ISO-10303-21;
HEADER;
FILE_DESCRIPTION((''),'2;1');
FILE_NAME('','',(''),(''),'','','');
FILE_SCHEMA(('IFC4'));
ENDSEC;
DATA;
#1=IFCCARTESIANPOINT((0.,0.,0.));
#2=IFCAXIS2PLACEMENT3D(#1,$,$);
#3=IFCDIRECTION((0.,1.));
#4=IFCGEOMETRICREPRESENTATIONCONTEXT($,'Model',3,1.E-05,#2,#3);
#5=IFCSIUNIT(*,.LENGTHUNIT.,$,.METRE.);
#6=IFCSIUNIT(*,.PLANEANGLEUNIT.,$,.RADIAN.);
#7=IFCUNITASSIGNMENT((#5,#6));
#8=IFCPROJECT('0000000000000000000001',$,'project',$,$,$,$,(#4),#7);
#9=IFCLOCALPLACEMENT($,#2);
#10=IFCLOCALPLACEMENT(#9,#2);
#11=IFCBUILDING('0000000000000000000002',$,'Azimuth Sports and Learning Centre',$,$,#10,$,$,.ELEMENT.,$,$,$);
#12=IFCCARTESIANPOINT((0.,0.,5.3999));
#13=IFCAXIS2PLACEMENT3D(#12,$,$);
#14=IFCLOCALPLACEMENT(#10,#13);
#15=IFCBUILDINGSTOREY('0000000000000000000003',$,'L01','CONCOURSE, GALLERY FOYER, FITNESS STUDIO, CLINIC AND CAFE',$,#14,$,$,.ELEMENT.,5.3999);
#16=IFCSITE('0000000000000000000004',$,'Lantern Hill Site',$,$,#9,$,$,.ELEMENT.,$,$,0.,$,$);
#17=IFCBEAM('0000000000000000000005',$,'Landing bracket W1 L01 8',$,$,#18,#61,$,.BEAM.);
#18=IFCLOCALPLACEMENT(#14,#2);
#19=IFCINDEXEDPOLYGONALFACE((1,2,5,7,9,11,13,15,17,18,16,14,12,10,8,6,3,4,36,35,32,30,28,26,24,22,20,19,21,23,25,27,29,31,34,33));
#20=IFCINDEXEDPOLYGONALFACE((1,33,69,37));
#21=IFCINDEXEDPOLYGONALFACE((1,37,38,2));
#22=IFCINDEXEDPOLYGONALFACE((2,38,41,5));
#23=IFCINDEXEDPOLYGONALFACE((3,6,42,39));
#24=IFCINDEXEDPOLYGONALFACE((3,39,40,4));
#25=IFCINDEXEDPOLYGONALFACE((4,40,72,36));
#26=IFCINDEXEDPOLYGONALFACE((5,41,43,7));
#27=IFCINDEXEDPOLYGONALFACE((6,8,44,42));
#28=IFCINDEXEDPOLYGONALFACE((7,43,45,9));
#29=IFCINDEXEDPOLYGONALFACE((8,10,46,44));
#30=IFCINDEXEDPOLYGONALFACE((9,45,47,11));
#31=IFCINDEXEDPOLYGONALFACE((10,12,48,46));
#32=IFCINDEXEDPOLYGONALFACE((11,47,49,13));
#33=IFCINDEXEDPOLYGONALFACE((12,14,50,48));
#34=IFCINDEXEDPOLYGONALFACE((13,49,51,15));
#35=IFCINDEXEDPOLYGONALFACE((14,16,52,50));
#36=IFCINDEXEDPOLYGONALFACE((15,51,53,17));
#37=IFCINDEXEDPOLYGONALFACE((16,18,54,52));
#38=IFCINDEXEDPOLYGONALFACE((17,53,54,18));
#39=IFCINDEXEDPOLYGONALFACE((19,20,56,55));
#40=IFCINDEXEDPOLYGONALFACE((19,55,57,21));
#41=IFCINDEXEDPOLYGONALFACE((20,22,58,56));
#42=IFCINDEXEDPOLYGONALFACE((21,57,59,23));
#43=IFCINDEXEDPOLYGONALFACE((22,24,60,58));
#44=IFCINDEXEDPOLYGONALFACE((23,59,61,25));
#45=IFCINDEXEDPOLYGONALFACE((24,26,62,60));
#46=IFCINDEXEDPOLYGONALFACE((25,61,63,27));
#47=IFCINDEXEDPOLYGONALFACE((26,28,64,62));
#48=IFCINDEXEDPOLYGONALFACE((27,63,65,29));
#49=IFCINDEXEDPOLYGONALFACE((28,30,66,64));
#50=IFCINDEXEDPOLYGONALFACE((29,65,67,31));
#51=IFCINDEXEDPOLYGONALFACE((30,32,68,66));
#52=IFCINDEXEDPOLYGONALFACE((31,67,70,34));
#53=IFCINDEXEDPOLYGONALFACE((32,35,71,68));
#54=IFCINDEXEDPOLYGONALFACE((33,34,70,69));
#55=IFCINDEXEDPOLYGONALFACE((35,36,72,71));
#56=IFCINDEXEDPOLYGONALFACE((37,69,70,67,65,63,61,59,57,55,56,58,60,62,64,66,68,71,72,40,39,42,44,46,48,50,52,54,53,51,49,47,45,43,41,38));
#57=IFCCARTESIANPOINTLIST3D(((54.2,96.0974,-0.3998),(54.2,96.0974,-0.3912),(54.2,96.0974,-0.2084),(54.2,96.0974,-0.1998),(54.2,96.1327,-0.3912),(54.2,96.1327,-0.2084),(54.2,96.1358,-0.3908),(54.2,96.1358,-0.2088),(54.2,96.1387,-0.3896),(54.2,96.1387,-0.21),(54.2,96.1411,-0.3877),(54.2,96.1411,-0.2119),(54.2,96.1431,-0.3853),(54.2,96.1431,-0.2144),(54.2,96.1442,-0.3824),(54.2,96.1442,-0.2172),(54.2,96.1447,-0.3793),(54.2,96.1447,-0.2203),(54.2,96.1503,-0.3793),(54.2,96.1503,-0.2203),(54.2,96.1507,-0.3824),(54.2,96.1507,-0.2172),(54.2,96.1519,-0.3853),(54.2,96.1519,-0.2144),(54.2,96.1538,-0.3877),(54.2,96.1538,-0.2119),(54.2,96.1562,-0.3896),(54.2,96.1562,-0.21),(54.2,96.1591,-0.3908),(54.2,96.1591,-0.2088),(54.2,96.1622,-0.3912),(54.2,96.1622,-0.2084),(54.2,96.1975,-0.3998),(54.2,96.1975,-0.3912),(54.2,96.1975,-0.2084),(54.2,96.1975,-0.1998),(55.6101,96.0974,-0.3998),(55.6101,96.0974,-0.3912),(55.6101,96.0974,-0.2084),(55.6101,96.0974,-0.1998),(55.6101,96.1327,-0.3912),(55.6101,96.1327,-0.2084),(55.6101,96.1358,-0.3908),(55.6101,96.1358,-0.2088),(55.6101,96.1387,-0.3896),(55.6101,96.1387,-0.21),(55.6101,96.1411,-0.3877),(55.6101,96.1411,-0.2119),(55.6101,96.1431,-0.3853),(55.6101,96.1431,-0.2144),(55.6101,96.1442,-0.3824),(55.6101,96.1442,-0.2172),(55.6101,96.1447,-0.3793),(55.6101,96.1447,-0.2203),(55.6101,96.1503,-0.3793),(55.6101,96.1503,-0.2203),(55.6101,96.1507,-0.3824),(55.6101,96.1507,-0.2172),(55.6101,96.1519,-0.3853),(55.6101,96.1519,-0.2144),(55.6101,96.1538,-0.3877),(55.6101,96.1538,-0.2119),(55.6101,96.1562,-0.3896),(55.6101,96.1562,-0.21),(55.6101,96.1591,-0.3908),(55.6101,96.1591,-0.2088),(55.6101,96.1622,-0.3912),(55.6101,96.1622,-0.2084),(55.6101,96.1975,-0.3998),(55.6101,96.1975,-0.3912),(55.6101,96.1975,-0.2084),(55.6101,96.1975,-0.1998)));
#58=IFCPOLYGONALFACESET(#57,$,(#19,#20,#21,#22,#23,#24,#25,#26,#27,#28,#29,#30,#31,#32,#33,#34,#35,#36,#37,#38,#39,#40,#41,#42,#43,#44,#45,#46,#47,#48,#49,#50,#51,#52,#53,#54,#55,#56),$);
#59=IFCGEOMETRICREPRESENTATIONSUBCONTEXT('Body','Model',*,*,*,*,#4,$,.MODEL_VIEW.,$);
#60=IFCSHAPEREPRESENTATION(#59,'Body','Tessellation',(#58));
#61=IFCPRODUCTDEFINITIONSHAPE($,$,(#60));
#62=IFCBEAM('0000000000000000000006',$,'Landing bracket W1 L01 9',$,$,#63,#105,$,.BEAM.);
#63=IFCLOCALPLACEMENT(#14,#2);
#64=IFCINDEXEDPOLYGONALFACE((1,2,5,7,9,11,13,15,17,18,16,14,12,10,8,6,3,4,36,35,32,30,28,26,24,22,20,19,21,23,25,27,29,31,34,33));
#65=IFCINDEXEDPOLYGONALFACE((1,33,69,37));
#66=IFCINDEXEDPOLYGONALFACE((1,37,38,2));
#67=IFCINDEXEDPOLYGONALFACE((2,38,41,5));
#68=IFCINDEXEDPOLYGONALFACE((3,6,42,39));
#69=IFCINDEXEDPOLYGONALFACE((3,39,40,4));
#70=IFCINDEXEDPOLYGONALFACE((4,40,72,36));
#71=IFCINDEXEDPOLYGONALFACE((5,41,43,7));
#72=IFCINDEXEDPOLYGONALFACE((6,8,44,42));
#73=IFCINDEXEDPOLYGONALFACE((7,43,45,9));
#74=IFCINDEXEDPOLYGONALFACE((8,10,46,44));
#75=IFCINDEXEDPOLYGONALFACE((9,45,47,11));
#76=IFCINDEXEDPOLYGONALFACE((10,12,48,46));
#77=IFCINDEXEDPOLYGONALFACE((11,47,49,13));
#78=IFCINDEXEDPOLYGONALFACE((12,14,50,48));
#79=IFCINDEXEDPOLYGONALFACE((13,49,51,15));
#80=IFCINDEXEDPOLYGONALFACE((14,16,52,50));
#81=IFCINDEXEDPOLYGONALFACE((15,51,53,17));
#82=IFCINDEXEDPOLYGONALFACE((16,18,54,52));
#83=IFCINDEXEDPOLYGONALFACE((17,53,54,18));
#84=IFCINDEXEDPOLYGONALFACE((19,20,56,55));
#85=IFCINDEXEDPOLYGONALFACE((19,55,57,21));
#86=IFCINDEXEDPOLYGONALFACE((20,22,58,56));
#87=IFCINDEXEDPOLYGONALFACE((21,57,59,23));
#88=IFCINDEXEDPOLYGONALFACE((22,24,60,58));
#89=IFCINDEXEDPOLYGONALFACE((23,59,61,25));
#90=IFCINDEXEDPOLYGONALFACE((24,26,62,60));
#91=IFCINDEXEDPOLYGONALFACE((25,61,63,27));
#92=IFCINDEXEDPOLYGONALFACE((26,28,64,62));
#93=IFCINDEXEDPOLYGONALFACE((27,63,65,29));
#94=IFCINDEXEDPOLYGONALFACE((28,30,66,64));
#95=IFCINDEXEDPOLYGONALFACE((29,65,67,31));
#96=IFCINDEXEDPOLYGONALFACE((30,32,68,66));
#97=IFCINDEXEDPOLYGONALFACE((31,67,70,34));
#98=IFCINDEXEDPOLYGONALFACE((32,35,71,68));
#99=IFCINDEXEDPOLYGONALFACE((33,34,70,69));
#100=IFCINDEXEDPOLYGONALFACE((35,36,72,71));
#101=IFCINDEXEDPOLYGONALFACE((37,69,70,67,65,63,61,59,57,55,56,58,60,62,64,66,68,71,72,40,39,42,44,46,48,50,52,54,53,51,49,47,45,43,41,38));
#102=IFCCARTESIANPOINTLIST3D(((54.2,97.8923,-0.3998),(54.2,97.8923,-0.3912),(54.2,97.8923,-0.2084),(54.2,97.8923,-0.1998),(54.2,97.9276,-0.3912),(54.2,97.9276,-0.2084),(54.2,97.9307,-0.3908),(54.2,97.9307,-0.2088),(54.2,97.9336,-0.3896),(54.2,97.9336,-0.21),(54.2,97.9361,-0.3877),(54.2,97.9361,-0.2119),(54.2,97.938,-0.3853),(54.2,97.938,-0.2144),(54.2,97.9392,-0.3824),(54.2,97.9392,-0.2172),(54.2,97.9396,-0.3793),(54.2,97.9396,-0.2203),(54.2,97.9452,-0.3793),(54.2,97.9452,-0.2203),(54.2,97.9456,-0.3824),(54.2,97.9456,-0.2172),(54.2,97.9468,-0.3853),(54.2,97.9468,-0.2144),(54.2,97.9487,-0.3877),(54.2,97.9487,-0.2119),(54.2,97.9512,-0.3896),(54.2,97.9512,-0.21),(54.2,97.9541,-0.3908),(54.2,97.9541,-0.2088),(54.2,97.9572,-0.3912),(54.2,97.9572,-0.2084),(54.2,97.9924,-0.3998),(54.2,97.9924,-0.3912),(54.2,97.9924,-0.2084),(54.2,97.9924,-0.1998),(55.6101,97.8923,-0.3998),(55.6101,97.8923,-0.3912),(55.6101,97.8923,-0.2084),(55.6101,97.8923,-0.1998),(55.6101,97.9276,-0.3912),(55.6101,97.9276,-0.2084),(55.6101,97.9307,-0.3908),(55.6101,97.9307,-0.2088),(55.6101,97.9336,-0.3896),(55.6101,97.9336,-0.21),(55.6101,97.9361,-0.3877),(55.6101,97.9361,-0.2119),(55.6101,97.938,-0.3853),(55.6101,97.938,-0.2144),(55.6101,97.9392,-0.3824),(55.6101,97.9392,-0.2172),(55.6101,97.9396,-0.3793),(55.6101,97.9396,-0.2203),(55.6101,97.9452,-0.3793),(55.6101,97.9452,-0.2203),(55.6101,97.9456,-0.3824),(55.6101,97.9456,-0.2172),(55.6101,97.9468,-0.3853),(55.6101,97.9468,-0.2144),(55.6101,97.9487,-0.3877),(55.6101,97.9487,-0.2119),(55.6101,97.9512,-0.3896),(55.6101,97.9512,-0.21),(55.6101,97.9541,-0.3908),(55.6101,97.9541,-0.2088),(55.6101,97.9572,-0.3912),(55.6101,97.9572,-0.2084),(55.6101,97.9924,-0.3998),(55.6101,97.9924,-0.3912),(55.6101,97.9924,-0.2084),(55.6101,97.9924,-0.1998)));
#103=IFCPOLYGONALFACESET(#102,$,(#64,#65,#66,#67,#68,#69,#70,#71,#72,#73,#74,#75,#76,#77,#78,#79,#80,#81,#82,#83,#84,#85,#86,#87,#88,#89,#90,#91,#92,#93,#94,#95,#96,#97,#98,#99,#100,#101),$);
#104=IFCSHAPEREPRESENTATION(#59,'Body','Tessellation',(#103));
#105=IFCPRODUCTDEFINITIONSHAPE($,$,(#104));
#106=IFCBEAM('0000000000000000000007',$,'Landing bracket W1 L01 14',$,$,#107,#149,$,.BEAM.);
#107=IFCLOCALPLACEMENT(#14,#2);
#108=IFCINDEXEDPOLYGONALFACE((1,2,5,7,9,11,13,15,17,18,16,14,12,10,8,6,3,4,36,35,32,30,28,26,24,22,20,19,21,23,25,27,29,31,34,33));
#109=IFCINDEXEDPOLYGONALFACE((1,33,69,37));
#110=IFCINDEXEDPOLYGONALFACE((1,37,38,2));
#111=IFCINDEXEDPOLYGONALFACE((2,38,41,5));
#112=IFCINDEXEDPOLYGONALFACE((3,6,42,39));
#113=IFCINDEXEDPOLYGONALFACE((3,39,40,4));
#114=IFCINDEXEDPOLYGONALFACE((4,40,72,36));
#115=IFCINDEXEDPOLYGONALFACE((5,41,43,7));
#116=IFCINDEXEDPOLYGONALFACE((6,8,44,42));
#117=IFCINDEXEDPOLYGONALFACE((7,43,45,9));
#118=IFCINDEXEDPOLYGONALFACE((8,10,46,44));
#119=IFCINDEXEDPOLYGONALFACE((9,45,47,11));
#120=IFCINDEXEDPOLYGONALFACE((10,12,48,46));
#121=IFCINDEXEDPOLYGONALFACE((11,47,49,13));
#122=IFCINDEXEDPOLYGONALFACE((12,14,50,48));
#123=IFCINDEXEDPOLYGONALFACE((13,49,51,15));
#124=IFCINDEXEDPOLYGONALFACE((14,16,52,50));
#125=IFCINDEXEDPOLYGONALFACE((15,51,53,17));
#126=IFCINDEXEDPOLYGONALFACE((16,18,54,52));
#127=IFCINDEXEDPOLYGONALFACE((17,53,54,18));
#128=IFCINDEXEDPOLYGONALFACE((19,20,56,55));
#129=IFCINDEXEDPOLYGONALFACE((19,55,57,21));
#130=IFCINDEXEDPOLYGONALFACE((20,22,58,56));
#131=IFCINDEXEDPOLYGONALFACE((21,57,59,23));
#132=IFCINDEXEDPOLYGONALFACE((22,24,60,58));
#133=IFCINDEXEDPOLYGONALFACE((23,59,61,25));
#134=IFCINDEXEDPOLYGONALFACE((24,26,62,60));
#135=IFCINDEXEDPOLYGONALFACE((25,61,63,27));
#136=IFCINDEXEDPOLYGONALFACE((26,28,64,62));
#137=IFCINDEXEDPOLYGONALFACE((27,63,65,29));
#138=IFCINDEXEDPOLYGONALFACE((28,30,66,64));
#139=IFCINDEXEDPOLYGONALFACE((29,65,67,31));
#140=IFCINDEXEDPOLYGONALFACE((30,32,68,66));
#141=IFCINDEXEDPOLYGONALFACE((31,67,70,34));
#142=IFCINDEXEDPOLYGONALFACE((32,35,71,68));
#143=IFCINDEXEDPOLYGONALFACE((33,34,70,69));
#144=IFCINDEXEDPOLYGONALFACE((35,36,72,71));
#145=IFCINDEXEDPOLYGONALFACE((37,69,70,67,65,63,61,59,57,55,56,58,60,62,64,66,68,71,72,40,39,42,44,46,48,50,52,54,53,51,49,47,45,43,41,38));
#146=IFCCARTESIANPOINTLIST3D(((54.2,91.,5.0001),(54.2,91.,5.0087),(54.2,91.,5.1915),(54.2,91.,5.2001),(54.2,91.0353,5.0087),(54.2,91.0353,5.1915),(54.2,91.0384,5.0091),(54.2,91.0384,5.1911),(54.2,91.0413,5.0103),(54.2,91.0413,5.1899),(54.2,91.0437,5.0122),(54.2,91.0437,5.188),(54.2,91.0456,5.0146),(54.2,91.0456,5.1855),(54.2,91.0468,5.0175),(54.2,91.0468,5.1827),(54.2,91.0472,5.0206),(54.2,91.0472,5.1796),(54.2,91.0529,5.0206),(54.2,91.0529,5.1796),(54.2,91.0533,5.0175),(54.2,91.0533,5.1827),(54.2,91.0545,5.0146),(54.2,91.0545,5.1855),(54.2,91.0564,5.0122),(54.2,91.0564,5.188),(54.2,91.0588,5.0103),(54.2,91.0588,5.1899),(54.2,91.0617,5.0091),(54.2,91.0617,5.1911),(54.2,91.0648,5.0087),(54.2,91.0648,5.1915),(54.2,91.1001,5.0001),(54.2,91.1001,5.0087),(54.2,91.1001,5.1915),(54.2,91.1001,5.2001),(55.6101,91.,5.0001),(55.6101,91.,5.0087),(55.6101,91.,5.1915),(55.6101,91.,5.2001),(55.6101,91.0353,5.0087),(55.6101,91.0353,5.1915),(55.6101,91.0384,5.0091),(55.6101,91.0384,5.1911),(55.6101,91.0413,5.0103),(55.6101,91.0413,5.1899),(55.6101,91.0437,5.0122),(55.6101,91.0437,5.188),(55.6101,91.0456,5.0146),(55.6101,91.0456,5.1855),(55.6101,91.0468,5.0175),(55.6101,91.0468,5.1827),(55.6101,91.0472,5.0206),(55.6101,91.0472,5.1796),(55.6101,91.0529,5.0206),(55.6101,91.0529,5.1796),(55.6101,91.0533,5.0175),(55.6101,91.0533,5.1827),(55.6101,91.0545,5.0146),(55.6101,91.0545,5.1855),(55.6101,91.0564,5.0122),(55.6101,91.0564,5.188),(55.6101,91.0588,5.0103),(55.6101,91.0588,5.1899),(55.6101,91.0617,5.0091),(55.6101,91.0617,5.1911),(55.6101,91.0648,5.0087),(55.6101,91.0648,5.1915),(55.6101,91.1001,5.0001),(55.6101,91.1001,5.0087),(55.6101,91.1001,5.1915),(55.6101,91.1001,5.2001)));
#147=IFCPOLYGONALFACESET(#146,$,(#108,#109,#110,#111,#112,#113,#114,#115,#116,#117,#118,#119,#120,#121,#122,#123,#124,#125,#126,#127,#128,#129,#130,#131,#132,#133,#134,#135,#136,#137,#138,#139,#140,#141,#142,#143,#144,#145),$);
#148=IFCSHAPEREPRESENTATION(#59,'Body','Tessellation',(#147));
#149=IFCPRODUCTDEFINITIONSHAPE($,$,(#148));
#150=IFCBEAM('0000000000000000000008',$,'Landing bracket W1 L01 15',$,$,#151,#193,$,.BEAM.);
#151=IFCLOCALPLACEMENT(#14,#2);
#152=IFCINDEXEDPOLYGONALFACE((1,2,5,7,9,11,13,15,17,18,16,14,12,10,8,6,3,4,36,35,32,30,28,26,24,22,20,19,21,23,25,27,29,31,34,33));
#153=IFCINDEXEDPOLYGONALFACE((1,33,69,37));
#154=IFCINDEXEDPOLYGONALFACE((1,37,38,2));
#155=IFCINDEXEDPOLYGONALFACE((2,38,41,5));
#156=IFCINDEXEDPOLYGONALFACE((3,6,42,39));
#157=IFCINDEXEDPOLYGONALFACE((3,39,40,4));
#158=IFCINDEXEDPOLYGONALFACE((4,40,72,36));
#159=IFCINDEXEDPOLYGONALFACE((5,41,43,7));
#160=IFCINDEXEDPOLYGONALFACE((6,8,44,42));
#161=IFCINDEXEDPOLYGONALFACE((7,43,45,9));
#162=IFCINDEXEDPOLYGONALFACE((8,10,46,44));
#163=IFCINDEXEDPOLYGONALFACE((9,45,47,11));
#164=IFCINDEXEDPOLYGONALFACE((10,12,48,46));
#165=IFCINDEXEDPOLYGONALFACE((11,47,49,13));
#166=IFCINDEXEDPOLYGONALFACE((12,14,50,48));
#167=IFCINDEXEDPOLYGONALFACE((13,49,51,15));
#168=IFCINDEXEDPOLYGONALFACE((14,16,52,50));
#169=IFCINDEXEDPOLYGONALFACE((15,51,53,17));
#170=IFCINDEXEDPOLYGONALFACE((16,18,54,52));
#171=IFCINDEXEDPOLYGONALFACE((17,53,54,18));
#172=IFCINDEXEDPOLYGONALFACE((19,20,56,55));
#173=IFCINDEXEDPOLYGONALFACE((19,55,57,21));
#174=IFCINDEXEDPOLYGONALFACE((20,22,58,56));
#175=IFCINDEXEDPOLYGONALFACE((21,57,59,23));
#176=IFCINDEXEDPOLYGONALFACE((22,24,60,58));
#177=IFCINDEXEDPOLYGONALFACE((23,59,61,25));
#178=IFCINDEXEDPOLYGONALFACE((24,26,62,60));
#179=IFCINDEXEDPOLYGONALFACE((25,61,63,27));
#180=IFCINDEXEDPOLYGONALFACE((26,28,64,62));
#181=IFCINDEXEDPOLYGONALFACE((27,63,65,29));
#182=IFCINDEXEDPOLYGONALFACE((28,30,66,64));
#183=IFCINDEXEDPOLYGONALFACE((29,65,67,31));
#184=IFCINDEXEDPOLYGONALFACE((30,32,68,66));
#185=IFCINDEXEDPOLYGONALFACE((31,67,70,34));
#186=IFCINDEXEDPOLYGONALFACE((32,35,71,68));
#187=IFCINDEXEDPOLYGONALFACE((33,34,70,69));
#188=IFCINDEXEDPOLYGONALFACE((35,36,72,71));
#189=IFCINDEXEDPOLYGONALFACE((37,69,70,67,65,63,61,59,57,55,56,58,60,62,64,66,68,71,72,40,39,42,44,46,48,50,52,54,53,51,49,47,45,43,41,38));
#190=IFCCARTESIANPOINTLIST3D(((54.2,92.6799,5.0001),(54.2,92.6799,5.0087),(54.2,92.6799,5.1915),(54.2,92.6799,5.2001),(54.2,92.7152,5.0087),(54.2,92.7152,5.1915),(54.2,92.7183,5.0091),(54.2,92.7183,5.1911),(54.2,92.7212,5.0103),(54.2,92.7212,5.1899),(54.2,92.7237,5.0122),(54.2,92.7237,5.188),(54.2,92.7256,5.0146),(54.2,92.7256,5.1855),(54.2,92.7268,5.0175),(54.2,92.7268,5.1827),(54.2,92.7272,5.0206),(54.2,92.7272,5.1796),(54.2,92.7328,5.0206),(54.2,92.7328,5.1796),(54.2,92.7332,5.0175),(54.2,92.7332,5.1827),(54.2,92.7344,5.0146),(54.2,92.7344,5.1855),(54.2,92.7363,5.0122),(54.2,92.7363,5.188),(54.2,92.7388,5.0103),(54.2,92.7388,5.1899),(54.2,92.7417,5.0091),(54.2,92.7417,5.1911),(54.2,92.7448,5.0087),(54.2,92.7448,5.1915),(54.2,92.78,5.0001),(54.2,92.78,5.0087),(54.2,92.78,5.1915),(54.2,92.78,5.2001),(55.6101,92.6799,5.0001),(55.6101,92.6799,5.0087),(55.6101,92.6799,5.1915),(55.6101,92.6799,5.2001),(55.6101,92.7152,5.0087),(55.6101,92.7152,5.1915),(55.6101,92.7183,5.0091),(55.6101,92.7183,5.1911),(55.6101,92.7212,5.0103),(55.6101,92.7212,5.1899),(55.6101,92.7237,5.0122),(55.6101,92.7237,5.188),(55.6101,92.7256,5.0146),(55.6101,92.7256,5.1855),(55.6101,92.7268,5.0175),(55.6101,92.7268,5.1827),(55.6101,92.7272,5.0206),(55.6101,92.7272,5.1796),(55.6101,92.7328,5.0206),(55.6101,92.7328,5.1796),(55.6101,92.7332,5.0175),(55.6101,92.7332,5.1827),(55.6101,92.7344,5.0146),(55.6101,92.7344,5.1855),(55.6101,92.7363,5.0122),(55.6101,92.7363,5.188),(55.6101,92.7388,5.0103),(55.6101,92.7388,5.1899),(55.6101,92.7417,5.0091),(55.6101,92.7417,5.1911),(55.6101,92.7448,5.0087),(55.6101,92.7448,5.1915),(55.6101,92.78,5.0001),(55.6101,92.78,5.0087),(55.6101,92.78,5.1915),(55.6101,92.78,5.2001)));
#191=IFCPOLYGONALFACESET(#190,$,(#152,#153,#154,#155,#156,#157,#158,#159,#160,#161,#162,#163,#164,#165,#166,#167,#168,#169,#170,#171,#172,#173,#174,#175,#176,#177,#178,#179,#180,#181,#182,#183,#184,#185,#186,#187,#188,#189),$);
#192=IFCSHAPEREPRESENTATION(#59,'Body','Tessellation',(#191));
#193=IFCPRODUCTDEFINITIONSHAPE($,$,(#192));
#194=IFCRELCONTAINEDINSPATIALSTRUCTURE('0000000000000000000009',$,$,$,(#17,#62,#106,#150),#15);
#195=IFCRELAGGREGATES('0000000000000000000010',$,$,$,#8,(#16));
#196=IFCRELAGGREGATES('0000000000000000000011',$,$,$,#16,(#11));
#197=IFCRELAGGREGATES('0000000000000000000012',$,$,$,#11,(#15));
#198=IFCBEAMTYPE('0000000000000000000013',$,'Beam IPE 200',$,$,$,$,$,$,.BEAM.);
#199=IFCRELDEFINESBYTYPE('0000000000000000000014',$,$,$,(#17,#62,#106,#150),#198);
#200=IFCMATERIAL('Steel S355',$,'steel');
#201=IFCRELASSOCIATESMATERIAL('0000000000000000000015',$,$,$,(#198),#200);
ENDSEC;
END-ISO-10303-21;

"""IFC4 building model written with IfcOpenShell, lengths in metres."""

from ifc_helpers import new_model, si_unit, direction, frame, origin, origin_2d, place, context, subcontext, project, spatial, i_section, extrude, material, material_profile, profile_set, type_object, element, save


model = new_model("IFC4")

# Units and contexts
model_context = context("Model", 3, precision=1e-05, world=origin(), true_north=direction((0.0, 1.0)))
body_context = subcontext(model_context, "Body", "Model", "MODEL_VIEW")
ifc_project = project(units=[si_unit("LENGTHUNIT", "METRE"), si_unit("PLANEANGLEUNIT", "RADIAN")], contexts=[model_context])

# Site, building, storey
site_placement = place(None, origin())
site = spatial("IfcSite", under=ifc_project, at=site_placement, Name="Lantern Hill Site", CompositionType="ELEMENT", RefElevation=0.0)
building_placement = place(site_placement, origin())
building = spatial("IfcBuilding", under=site, at=building_placement, Name="Azimuth Sports and Learning Centre", CompositionType="ELEMENT")
storey_placement = place(building_placement, frame((0.0, 0.0, 5.3999)))
storey = spatial("IfcBuildingStorey", under=building, at=storey_placement, Name="L01", Description="CONCOURSE, GALLERY FOYER, FITNESS STUDIO, CLINIC AND CAFE", CompositionType="ELEMENT", Elevation=5.3999)

# Beams
ifc_material_1 = material(Name="Steel S355", Category="steel")
ifc_material_profile_1 = material_profile(ifc_material_1, i_section(OverallWidth=0.1001, OverallDepth=0.2, WebThickness=0.0056, FlangeThickness=0.0085, FilletRadius=0.012, at=origin_2d()), Name="IPE 200")
ifc_profile_set_1 = profile_set([ifc_material_profile_1], Name="Steel S355")
beam_type_1 = type_object("IfcBeamType", Name="Beam IPE 200", PredefinedType="BEAM", material=ifc_profile_set_1)
for number, where, z_axis, x_axis, name in (
    (1, (54.2, 96.1475, -0.2998), (1.0, 0.0, 0.0), (0.0, 1.0, 0.0), "Landing bracket W1 L01 8"),
    (2, (54.2, 97.9424, -0.2998), (1.0, 0.0, 0.0), (0.0, 1.0, 0.0), "Landing bracket W1 L01 9"),
    (3, (54.2, 91.05, 5.1001), (1.0, 0.0, 0.0), (0.0, 1.0, 0.0), "Landing bracket W1 L01 14"),
    (4, (54.2, 92.73, 5.1001), (1.0, 0.0, 0.0), (0.0, 1.0, 0.0), "Landing bracket W1 L01 15"),
):
    element("IfcBeam", number, at=place(storey_placement, frame(where, z_axis=z_axis, x_axis=x_axis)), inside=storey, type_object=beam_type_1, Name=name, PredefinedType="BEAM", context=body_context, shape_type="SweptSolid", body=[
        extrude(i_section(OverallWidth=0.1001, OverallDepth=0.2, WebThickness=0.0056, FlangeThickness=0.0085, FilletRadius=0.012, at=origin_2d()), origin(), (0.0, 0.0, 1.0), 1.4102),
    ])

save(model, "model.ifc")
